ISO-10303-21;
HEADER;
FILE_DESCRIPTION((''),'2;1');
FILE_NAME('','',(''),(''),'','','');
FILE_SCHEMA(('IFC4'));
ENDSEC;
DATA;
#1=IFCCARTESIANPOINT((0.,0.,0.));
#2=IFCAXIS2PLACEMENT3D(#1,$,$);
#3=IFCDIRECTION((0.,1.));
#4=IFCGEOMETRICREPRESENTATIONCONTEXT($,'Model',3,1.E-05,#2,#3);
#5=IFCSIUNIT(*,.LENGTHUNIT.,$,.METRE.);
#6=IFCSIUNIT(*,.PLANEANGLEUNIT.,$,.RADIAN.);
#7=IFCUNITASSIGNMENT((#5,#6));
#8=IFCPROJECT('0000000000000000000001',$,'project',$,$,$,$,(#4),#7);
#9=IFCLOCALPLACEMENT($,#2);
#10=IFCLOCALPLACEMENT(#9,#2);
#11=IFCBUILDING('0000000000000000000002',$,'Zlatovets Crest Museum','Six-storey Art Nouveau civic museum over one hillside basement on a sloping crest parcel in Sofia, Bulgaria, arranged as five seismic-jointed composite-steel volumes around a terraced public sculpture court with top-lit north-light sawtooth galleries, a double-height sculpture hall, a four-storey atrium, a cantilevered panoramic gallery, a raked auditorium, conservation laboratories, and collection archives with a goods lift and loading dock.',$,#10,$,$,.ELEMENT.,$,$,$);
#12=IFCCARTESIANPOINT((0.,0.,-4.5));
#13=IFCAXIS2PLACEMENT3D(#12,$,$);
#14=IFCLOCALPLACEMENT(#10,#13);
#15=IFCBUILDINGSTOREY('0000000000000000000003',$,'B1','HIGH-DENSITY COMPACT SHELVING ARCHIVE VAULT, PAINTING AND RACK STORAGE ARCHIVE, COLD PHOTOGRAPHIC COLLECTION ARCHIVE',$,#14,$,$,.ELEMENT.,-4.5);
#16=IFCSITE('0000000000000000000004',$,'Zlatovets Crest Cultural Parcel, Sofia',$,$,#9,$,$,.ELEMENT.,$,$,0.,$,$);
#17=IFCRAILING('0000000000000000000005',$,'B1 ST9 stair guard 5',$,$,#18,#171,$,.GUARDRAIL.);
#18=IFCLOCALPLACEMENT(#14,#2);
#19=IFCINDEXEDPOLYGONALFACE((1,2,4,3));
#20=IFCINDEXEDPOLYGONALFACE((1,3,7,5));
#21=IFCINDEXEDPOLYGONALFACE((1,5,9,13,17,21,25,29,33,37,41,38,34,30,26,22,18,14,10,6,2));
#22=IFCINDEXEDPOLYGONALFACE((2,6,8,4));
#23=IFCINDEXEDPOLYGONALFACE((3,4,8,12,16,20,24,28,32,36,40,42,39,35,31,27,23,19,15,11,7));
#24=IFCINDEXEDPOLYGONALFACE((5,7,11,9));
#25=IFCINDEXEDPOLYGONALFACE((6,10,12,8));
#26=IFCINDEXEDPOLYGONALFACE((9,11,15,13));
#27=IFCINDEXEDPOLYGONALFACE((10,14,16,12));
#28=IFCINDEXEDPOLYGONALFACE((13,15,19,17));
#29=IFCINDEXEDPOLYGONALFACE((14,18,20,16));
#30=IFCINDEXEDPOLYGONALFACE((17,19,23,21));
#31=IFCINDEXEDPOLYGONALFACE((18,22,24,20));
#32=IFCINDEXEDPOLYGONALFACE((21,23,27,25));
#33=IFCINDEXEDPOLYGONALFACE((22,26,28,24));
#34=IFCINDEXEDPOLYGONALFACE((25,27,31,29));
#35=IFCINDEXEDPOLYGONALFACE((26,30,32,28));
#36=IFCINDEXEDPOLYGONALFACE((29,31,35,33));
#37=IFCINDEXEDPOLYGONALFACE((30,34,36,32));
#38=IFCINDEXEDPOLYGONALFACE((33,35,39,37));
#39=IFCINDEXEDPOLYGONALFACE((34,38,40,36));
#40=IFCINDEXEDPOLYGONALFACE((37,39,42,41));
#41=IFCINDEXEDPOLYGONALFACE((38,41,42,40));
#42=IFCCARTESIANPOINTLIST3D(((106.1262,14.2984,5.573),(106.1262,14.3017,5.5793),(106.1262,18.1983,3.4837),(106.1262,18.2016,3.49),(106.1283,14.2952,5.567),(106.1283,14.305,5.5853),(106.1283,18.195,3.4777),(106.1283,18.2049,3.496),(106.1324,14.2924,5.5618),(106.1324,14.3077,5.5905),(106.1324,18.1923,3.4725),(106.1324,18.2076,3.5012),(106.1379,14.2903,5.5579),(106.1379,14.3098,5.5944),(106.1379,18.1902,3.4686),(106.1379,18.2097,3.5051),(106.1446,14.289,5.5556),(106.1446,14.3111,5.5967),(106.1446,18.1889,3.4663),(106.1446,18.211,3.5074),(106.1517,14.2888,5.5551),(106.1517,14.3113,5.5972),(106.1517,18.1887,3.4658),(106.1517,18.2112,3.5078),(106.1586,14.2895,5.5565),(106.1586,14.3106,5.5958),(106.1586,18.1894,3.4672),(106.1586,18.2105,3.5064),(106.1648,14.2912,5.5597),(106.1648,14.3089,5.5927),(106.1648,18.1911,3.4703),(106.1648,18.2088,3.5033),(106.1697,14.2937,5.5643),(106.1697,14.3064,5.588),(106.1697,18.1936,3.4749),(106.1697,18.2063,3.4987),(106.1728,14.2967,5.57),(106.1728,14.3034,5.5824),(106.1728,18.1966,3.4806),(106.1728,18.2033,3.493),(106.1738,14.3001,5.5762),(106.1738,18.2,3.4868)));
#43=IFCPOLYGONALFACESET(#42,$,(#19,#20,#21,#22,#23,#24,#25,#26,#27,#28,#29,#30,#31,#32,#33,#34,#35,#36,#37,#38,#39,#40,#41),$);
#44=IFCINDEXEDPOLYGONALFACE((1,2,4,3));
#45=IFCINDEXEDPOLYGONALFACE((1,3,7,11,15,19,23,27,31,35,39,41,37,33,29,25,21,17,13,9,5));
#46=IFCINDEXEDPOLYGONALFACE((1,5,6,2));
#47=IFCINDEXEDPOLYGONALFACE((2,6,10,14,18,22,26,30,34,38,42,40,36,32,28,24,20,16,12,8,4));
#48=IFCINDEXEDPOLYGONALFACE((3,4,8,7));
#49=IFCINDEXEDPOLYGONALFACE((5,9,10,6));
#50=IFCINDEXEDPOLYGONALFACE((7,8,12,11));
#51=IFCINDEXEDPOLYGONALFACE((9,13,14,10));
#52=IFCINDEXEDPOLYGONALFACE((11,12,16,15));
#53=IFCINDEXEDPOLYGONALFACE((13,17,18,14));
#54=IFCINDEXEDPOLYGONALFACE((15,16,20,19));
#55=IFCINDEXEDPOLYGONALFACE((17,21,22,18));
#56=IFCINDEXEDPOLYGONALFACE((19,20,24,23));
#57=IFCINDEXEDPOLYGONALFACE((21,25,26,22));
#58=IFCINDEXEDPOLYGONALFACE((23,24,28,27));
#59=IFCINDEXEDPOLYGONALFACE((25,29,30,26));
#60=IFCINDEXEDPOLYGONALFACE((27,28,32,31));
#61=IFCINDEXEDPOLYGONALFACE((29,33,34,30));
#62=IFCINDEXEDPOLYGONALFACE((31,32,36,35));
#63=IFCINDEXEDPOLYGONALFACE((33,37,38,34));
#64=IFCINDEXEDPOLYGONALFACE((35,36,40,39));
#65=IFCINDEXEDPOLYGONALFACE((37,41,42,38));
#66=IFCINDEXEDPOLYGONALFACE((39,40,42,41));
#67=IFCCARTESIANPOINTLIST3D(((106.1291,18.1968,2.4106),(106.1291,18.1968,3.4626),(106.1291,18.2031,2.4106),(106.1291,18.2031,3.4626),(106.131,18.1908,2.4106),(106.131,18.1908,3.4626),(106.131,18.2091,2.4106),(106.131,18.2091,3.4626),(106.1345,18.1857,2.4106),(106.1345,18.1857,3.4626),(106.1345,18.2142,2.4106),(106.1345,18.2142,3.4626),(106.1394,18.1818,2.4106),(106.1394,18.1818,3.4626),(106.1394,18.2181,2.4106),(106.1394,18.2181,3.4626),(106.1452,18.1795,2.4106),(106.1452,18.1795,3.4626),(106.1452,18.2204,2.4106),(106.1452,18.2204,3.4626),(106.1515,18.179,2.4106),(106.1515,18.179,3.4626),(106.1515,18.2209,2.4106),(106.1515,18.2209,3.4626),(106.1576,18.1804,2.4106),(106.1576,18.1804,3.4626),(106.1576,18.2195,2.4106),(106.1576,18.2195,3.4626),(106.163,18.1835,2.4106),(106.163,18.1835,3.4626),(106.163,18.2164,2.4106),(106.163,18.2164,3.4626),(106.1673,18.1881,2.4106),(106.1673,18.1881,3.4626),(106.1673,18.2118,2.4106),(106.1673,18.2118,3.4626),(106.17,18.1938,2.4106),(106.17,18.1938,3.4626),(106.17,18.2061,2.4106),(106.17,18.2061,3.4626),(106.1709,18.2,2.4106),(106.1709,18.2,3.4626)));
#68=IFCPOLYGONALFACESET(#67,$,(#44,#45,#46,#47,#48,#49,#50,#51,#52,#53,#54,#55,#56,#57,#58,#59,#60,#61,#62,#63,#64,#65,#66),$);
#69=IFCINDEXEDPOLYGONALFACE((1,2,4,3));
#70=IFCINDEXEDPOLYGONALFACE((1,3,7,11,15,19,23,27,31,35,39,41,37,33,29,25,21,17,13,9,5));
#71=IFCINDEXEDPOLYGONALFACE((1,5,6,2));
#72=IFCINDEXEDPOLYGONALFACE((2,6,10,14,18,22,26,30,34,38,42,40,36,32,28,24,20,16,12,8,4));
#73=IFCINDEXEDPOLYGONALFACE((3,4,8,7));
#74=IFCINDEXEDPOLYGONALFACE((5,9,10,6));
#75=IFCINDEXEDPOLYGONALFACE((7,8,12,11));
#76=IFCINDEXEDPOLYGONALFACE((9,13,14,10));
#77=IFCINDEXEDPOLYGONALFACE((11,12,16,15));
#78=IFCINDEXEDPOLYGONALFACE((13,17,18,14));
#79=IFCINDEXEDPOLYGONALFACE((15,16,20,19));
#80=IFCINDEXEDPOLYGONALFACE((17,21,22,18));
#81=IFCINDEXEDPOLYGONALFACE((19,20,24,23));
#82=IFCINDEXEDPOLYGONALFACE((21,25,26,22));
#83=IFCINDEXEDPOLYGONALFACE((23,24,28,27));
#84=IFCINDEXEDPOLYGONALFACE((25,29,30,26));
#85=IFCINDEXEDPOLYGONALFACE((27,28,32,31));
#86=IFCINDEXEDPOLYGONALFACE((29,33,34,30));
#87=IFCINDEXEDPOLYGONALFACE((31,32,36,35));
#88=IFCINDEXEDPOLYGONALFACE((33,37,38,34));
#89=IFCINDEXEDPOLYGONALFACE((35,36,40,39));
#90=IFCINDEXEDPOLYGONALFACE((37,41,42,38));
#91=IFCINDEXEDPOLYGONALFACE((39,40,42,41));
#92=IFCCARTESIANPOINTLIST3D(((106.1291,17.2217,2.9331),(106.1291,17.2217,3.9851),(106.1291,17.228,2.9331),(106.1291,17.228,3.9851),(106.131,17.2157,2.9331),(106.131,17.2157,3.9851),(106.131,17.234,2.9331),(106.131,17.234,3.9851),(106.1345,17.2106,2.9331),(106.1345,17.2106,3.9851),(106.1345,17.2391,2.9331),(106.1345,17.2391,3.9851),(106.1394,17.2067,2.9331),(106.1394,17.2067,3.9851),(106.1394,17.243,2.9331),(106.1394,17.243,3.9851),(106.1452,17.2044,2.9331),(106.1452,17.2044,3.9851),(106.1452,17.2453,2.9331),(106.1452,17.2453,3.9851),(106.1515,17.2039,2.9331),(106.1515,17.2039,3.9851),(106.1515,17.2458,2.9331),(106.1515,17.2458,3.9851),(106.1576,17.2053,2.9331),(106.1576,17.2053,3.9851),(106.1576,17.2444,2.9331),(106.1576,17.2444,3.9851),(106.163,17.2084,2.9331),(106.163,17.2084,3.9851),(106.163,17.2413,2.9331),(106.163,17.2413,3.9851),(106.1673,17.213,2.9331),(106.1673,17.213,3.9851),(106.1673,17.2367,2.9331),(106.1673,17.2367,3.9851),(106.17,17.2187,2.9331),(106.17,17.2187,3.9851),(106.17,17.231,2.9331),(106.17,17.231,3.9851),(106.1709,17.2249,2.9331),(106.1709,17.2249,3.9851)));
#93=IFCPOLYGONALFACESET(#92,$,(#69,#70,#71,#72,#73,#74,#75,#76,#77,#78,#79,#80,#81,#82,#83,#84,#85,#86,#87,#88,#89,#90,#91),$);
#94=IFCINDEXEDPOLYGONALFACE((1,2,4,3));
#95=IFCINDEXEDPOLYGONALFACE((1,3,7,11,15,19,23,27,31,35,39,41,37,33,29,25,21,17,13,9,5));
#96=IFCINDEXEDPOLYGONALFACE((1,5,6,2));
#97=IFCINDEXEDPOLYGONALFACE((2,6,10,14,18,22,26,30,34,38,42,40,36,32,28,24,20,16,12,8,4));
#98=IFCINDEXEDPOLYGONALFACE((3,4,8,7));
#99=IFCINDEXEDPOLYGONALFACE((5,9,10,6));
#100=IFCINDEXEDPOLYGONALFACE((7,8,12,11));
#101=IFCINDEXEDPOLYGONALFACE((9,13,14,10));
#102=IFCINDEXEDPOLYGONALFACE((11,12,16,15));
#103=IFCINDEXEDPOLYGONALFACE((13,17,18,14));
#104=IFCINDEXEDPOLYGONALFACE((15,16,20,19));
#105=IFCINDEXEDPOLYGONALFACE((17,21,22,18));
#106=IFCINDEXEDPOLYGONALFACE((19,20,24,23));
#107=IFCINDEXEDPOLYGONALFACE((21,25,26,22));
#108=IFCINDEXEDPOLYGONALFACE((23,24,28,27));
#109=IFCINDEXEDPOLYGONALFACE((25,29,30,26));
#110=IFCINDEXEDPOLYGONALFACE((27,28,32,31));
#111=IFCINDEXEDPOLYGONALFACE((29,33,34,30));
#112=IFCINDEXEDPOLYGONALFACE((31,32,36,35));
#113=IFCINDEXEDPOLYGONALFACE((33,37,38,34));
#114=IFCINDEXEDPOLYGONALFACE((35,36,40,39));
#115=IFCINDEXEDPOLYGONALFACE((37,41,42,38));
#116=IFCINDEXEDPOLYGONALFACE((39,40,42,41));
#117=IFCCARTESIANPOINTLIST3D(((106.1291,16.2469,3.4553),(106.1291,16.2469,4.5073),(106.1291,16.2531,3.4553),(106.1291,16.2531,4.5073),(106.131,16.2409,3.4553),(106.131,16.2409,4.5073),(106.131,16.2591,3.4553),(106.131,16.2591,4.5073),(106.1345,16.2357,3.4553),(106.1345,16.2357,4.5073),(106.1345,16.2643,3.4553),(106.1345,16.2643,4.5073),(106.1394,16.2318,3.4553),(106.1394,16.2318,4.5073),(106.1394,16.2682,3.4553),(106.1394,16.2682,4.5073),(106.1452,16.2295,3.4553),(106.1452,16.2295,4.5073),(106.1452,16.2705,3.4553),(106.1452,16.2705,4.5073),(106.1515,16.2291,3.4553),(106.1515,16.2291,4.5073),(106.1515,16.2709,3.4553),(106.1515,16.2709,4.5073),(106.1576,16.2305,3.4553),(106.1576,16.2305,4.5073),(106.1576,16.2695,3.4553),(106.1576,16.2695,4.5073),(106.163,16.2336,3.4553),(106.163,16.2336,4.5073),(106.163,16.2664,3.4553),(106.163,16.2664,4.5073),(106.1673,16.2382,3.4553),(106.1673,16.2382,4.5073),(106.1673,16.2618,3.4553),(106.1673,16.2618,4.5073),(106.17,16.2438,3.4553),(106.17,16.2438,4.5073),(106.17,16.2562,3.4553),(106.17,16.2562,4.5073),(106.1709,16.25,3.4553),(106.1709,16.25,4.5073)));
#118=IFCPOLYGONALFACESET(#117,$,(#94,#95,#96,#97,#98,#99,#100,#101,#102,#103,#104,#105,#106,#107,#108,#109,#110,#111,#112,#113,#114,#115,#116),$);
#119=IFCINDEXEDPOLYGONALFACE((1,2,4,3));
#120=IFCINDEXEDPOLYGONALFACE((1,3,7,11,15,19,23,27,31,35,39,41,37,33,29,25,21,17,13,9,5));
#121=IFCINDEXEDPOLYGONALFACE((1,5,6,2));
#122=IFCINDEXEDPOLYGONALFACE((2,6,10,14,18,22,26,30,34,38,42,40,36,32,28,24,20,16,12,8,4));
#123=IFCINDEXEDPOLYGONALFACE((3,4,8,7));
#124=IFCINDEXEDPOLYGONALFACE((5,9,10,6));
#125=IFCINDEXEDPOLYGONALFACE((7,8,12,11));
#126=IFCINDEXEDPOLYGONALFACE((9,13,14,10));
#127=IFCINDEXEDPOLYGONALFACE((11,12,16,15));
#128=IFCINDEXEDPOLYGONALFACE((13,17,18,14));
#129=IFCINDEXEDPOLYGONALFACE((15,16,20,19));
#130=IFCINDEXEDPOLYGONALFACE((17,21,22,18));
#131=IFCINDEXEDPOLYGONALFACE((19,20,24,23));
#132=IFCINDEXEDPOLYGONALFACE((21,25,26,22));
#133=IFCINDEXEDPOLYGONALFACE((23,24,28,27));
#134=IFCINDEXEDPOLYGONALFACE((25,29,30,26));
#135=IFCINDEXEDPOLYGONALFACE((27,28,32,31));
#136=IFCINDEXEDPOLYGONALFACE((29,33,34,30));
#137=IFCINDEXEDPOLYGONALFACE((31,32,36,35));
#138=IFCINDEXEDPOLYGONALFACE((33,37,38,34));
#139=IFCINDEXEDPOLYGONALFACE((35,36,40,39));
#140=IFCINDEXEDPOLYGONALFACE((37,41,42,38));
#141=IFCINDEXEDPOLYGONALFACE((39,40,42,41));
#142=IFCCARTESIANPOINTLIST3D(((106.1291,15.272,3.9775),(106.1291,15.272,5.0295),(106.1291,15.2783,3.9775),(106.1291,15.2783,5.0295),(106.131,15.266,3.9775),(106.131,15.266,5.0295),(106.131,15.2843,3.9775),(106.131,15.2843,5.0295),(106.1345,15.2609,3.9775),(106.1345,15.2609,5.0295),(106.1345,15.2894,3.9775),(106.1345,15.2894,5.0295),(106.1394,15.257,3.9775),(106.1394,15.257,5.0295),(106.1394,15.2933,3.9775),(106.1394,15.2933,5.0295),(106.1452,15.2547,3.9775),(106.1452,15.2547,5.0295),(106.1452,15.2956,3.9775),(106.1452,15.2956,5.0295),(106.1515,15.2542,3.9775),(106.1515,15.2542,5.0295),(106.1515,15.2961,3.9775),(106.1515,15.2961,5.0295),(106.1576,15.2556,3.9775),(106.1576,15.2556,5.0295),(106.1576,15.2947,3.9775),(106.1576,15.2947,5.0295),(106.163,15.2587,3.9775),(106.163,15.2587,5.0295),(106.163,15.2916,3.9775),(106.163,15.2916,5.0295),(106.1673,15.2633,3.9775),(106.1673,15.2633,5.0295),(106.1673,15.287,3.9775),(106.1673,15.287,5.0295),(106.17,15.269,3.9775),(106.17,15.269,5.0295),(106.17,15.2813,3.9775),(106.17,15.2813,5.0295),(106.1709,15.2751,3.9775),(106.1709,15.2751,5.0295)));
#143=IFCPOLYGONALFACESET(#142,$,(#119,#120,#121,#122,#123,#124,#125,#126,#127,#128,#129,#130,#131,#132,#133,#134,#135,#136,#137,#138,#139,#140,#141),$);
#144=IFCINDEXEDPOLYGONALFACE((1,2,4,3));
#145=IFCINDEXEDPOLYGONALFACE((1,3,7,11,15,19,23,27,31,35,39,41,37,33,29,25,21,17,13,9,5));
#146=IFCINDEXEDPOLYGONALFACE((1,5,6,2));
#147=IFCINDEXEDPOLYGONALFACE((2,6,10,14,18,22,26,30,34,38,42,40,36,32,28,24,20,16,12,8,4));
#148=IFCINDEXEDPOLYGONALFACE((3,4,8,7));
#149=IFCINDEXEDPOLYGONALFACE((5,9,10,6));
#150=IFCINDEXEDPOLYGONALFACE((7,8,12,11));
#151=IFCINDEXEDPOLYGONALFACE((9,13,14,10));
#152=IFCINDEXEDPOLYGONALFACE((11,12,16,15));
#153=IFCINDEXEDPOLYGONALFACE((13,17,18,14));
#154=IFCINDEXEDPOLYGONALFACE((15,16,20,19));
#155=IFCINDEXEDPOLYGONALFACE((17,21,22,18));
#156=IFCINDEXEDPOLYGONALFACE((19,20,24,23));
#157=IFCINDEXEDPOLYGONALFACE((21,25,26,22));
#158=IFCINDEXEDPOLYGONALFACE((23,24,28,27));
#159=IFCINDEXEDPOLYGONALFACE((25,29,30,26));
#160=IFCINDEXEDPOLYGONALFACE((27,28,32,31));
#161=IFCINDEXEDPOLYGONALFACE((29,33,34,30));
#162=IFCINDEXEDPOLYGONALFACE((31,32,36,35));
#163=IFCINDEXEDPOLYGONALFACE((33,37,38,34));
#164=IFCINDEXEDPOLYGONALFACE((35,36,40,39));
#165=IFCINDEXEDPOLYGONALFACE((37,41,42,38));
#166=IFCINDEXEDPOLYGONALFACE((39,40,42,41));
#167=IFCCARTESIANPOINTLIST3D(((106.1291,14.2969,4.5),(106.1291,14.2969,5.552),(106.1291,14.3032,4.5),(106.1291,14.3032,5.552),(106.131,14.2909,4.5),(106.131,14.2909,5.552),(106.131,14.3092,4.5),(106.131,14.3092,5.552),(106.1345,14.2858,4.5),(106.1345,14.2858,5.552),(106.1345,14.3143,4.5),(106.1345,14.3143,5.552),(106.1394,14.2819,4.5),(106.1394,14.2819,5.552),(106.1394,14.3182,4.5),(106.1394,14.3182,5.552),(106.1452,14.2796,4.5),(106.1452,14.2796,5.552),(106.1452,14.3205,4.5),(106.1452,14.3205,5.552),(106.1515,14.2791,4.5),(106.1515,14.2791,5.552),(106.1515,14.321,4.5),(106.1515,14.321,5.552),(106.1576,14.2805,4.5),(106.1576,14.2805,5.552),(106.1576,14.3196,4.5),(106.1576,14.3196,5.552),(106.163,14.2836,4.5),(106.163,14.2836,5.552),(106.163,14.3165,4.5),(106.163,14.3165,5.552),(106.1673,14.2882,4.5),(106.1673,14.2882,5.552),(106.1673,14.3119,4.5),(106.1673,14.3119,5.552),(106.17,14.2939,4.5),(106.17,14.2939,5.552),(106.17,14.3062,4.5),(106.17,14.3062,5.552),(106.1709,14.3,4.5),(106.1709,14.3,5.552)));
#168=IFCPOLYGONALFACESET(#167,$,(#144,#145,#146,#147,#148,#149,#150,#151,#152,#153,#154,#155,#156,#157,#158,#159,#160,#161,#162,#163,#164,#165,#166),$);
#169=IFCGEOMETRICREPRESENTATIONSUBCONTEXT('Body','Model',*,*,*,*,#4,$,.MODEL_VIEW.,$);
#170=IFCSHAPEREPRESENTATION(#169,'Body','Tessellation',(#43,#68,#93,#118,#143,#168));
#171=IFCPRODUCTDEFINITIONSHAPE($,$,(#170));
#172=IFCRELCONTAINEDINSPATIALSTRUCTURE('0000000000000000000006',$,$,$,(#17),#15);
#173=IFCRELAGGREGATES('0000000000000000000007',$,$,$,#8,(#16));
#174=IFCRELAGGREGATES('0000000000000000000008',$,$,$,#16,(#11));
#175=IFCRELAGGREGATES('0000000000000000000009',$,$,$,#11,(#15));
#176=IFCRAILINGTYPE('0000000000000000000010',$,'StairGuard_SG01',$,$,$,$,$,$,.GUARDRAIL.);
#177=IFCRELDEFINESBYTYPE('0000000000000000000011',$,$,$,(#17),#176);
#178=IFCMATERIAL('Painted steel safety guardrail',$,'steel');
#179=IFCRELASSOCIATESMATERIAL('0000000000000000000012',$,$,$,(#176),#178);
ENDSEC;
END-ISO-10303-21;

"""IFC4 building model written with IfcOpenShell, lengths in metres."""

from ifc_helpers import new_model, si_unit, direction, frame, origin, origin_2d, place, context, subcontext, project, spatial, circle, extrude, material, type_object, element, save


model = new_model("IFC4")

# Units and contexts
model_context = context("Model", 3, precision=1e-05, world=origin(), true_north=direction((0.0, 1.0)))
body_context = subcontext(model_context, "Body", "Model", "MODEL_VIEW")
ifc_project = project(units=[si_unit("LENGTHUNIT", "METRE"), si_unit("PLANEANGLEUNIT", "RADIAN")], contexts=[model_context])

# Site, building, storey
site_placement = place(None, origin())
site = spatial("IfcSite", under=ifc_project, at=site_placement, Name="Zlatovets Crest Cultural Parcel, Sofia", CompositionType="ELEMENT", RefElevation=0.0)
building_placement = place(site_placement, origin())
building = spatial("IfcBuilding", under=site, at=building_placement, Name="Zlatovets Crest Museum", Description="Six-storey Art Nouveau civic museum over one hillside basement on a sloping crest parcel in Sofia, Bulgaria, arranged as five seismic-jointed composite-steel volumes around a terraced public sculpture court with top-lit north-light sawtooth galleries, a double-height sculpture hall, a four-storey atrium, a cantilevered panoramic gallery, a raked auditorium, conservation laboratories, and collection archives with a goods lift and loading dock.", CompositionType="ELEMENT")
storey_placement = place(building_placement, frame((0.0, 0.0, -4.5)))
storey = spatial("IfcBuildingStorey", under=building, at=storey_placement, Name="B1", Description="HIGH-DENSITY COMPACT SHELVING ARCHIVE VAULT, PAINTING AND RACK STORAGE ARCHIVE, COLD PHOTOGRAPHIC COLLECTION ARCHIVE", CompositionType="ELEMENT", Elevation=-4.5)

# Railing
ifc_material_1 = material(Name="Painted steel safety guardrail", Category="steel")
railing_type_1 = type_object("IfcRailingType", Name="StairGuard_SG01", PredefinedType="GUARDRAIL", material=ifc_material_1)
railing_1_placement = place(storey_placement, frame((106.1499, 18.2, 2.4106)))
element("IfcRailing", 1, at=railing_1_placement, inside=storey, type_object=railing_type_1, Name="B1 ST9 stair guard 5", PredefinedType="GUARDRAIL", context=body_context, shape_type="SweptSolid", body=[
    extrude(circle(Radius=0.0239, at=origin_2d()), frame((0.0, 0.0, 1.0762), z_axis=(0.0, -0.881468, 0.472243), x_axis=(1.0, 0.0, 0.0)), (0.0, 0.0, 1.0), 4.4243),
    extrude(circle(Radius=0.021, at=origin_2d()), origin(), (0.0, 0.0, 1.0), 1.052),
    extrude(circle(Radius=0.021, at=origin_2d()), frame((0.0, -0.9751, 0.5225)), (0.0, 0.0, 1.0), 1.052),
    extrude(circle(Radius=0.021, at=origin_2d()), frame((0.0, -1.95, 1.0447)), (0.0, 0.0, 1.0), 1.052),
    extrude(circle(Radius=0.021, at=origin_2d()), frame((0.0, -2.9248, 1.5669)), (0.0, 0.0, 1.0), 1.052),
    extrude(circle(Radius=0.021, at=origin_2d()), frame((0.0, -3.8999, 2.0894)), (0.0, 0.0, 1.0), 1.052),
])

save(model, "model.ifc")
